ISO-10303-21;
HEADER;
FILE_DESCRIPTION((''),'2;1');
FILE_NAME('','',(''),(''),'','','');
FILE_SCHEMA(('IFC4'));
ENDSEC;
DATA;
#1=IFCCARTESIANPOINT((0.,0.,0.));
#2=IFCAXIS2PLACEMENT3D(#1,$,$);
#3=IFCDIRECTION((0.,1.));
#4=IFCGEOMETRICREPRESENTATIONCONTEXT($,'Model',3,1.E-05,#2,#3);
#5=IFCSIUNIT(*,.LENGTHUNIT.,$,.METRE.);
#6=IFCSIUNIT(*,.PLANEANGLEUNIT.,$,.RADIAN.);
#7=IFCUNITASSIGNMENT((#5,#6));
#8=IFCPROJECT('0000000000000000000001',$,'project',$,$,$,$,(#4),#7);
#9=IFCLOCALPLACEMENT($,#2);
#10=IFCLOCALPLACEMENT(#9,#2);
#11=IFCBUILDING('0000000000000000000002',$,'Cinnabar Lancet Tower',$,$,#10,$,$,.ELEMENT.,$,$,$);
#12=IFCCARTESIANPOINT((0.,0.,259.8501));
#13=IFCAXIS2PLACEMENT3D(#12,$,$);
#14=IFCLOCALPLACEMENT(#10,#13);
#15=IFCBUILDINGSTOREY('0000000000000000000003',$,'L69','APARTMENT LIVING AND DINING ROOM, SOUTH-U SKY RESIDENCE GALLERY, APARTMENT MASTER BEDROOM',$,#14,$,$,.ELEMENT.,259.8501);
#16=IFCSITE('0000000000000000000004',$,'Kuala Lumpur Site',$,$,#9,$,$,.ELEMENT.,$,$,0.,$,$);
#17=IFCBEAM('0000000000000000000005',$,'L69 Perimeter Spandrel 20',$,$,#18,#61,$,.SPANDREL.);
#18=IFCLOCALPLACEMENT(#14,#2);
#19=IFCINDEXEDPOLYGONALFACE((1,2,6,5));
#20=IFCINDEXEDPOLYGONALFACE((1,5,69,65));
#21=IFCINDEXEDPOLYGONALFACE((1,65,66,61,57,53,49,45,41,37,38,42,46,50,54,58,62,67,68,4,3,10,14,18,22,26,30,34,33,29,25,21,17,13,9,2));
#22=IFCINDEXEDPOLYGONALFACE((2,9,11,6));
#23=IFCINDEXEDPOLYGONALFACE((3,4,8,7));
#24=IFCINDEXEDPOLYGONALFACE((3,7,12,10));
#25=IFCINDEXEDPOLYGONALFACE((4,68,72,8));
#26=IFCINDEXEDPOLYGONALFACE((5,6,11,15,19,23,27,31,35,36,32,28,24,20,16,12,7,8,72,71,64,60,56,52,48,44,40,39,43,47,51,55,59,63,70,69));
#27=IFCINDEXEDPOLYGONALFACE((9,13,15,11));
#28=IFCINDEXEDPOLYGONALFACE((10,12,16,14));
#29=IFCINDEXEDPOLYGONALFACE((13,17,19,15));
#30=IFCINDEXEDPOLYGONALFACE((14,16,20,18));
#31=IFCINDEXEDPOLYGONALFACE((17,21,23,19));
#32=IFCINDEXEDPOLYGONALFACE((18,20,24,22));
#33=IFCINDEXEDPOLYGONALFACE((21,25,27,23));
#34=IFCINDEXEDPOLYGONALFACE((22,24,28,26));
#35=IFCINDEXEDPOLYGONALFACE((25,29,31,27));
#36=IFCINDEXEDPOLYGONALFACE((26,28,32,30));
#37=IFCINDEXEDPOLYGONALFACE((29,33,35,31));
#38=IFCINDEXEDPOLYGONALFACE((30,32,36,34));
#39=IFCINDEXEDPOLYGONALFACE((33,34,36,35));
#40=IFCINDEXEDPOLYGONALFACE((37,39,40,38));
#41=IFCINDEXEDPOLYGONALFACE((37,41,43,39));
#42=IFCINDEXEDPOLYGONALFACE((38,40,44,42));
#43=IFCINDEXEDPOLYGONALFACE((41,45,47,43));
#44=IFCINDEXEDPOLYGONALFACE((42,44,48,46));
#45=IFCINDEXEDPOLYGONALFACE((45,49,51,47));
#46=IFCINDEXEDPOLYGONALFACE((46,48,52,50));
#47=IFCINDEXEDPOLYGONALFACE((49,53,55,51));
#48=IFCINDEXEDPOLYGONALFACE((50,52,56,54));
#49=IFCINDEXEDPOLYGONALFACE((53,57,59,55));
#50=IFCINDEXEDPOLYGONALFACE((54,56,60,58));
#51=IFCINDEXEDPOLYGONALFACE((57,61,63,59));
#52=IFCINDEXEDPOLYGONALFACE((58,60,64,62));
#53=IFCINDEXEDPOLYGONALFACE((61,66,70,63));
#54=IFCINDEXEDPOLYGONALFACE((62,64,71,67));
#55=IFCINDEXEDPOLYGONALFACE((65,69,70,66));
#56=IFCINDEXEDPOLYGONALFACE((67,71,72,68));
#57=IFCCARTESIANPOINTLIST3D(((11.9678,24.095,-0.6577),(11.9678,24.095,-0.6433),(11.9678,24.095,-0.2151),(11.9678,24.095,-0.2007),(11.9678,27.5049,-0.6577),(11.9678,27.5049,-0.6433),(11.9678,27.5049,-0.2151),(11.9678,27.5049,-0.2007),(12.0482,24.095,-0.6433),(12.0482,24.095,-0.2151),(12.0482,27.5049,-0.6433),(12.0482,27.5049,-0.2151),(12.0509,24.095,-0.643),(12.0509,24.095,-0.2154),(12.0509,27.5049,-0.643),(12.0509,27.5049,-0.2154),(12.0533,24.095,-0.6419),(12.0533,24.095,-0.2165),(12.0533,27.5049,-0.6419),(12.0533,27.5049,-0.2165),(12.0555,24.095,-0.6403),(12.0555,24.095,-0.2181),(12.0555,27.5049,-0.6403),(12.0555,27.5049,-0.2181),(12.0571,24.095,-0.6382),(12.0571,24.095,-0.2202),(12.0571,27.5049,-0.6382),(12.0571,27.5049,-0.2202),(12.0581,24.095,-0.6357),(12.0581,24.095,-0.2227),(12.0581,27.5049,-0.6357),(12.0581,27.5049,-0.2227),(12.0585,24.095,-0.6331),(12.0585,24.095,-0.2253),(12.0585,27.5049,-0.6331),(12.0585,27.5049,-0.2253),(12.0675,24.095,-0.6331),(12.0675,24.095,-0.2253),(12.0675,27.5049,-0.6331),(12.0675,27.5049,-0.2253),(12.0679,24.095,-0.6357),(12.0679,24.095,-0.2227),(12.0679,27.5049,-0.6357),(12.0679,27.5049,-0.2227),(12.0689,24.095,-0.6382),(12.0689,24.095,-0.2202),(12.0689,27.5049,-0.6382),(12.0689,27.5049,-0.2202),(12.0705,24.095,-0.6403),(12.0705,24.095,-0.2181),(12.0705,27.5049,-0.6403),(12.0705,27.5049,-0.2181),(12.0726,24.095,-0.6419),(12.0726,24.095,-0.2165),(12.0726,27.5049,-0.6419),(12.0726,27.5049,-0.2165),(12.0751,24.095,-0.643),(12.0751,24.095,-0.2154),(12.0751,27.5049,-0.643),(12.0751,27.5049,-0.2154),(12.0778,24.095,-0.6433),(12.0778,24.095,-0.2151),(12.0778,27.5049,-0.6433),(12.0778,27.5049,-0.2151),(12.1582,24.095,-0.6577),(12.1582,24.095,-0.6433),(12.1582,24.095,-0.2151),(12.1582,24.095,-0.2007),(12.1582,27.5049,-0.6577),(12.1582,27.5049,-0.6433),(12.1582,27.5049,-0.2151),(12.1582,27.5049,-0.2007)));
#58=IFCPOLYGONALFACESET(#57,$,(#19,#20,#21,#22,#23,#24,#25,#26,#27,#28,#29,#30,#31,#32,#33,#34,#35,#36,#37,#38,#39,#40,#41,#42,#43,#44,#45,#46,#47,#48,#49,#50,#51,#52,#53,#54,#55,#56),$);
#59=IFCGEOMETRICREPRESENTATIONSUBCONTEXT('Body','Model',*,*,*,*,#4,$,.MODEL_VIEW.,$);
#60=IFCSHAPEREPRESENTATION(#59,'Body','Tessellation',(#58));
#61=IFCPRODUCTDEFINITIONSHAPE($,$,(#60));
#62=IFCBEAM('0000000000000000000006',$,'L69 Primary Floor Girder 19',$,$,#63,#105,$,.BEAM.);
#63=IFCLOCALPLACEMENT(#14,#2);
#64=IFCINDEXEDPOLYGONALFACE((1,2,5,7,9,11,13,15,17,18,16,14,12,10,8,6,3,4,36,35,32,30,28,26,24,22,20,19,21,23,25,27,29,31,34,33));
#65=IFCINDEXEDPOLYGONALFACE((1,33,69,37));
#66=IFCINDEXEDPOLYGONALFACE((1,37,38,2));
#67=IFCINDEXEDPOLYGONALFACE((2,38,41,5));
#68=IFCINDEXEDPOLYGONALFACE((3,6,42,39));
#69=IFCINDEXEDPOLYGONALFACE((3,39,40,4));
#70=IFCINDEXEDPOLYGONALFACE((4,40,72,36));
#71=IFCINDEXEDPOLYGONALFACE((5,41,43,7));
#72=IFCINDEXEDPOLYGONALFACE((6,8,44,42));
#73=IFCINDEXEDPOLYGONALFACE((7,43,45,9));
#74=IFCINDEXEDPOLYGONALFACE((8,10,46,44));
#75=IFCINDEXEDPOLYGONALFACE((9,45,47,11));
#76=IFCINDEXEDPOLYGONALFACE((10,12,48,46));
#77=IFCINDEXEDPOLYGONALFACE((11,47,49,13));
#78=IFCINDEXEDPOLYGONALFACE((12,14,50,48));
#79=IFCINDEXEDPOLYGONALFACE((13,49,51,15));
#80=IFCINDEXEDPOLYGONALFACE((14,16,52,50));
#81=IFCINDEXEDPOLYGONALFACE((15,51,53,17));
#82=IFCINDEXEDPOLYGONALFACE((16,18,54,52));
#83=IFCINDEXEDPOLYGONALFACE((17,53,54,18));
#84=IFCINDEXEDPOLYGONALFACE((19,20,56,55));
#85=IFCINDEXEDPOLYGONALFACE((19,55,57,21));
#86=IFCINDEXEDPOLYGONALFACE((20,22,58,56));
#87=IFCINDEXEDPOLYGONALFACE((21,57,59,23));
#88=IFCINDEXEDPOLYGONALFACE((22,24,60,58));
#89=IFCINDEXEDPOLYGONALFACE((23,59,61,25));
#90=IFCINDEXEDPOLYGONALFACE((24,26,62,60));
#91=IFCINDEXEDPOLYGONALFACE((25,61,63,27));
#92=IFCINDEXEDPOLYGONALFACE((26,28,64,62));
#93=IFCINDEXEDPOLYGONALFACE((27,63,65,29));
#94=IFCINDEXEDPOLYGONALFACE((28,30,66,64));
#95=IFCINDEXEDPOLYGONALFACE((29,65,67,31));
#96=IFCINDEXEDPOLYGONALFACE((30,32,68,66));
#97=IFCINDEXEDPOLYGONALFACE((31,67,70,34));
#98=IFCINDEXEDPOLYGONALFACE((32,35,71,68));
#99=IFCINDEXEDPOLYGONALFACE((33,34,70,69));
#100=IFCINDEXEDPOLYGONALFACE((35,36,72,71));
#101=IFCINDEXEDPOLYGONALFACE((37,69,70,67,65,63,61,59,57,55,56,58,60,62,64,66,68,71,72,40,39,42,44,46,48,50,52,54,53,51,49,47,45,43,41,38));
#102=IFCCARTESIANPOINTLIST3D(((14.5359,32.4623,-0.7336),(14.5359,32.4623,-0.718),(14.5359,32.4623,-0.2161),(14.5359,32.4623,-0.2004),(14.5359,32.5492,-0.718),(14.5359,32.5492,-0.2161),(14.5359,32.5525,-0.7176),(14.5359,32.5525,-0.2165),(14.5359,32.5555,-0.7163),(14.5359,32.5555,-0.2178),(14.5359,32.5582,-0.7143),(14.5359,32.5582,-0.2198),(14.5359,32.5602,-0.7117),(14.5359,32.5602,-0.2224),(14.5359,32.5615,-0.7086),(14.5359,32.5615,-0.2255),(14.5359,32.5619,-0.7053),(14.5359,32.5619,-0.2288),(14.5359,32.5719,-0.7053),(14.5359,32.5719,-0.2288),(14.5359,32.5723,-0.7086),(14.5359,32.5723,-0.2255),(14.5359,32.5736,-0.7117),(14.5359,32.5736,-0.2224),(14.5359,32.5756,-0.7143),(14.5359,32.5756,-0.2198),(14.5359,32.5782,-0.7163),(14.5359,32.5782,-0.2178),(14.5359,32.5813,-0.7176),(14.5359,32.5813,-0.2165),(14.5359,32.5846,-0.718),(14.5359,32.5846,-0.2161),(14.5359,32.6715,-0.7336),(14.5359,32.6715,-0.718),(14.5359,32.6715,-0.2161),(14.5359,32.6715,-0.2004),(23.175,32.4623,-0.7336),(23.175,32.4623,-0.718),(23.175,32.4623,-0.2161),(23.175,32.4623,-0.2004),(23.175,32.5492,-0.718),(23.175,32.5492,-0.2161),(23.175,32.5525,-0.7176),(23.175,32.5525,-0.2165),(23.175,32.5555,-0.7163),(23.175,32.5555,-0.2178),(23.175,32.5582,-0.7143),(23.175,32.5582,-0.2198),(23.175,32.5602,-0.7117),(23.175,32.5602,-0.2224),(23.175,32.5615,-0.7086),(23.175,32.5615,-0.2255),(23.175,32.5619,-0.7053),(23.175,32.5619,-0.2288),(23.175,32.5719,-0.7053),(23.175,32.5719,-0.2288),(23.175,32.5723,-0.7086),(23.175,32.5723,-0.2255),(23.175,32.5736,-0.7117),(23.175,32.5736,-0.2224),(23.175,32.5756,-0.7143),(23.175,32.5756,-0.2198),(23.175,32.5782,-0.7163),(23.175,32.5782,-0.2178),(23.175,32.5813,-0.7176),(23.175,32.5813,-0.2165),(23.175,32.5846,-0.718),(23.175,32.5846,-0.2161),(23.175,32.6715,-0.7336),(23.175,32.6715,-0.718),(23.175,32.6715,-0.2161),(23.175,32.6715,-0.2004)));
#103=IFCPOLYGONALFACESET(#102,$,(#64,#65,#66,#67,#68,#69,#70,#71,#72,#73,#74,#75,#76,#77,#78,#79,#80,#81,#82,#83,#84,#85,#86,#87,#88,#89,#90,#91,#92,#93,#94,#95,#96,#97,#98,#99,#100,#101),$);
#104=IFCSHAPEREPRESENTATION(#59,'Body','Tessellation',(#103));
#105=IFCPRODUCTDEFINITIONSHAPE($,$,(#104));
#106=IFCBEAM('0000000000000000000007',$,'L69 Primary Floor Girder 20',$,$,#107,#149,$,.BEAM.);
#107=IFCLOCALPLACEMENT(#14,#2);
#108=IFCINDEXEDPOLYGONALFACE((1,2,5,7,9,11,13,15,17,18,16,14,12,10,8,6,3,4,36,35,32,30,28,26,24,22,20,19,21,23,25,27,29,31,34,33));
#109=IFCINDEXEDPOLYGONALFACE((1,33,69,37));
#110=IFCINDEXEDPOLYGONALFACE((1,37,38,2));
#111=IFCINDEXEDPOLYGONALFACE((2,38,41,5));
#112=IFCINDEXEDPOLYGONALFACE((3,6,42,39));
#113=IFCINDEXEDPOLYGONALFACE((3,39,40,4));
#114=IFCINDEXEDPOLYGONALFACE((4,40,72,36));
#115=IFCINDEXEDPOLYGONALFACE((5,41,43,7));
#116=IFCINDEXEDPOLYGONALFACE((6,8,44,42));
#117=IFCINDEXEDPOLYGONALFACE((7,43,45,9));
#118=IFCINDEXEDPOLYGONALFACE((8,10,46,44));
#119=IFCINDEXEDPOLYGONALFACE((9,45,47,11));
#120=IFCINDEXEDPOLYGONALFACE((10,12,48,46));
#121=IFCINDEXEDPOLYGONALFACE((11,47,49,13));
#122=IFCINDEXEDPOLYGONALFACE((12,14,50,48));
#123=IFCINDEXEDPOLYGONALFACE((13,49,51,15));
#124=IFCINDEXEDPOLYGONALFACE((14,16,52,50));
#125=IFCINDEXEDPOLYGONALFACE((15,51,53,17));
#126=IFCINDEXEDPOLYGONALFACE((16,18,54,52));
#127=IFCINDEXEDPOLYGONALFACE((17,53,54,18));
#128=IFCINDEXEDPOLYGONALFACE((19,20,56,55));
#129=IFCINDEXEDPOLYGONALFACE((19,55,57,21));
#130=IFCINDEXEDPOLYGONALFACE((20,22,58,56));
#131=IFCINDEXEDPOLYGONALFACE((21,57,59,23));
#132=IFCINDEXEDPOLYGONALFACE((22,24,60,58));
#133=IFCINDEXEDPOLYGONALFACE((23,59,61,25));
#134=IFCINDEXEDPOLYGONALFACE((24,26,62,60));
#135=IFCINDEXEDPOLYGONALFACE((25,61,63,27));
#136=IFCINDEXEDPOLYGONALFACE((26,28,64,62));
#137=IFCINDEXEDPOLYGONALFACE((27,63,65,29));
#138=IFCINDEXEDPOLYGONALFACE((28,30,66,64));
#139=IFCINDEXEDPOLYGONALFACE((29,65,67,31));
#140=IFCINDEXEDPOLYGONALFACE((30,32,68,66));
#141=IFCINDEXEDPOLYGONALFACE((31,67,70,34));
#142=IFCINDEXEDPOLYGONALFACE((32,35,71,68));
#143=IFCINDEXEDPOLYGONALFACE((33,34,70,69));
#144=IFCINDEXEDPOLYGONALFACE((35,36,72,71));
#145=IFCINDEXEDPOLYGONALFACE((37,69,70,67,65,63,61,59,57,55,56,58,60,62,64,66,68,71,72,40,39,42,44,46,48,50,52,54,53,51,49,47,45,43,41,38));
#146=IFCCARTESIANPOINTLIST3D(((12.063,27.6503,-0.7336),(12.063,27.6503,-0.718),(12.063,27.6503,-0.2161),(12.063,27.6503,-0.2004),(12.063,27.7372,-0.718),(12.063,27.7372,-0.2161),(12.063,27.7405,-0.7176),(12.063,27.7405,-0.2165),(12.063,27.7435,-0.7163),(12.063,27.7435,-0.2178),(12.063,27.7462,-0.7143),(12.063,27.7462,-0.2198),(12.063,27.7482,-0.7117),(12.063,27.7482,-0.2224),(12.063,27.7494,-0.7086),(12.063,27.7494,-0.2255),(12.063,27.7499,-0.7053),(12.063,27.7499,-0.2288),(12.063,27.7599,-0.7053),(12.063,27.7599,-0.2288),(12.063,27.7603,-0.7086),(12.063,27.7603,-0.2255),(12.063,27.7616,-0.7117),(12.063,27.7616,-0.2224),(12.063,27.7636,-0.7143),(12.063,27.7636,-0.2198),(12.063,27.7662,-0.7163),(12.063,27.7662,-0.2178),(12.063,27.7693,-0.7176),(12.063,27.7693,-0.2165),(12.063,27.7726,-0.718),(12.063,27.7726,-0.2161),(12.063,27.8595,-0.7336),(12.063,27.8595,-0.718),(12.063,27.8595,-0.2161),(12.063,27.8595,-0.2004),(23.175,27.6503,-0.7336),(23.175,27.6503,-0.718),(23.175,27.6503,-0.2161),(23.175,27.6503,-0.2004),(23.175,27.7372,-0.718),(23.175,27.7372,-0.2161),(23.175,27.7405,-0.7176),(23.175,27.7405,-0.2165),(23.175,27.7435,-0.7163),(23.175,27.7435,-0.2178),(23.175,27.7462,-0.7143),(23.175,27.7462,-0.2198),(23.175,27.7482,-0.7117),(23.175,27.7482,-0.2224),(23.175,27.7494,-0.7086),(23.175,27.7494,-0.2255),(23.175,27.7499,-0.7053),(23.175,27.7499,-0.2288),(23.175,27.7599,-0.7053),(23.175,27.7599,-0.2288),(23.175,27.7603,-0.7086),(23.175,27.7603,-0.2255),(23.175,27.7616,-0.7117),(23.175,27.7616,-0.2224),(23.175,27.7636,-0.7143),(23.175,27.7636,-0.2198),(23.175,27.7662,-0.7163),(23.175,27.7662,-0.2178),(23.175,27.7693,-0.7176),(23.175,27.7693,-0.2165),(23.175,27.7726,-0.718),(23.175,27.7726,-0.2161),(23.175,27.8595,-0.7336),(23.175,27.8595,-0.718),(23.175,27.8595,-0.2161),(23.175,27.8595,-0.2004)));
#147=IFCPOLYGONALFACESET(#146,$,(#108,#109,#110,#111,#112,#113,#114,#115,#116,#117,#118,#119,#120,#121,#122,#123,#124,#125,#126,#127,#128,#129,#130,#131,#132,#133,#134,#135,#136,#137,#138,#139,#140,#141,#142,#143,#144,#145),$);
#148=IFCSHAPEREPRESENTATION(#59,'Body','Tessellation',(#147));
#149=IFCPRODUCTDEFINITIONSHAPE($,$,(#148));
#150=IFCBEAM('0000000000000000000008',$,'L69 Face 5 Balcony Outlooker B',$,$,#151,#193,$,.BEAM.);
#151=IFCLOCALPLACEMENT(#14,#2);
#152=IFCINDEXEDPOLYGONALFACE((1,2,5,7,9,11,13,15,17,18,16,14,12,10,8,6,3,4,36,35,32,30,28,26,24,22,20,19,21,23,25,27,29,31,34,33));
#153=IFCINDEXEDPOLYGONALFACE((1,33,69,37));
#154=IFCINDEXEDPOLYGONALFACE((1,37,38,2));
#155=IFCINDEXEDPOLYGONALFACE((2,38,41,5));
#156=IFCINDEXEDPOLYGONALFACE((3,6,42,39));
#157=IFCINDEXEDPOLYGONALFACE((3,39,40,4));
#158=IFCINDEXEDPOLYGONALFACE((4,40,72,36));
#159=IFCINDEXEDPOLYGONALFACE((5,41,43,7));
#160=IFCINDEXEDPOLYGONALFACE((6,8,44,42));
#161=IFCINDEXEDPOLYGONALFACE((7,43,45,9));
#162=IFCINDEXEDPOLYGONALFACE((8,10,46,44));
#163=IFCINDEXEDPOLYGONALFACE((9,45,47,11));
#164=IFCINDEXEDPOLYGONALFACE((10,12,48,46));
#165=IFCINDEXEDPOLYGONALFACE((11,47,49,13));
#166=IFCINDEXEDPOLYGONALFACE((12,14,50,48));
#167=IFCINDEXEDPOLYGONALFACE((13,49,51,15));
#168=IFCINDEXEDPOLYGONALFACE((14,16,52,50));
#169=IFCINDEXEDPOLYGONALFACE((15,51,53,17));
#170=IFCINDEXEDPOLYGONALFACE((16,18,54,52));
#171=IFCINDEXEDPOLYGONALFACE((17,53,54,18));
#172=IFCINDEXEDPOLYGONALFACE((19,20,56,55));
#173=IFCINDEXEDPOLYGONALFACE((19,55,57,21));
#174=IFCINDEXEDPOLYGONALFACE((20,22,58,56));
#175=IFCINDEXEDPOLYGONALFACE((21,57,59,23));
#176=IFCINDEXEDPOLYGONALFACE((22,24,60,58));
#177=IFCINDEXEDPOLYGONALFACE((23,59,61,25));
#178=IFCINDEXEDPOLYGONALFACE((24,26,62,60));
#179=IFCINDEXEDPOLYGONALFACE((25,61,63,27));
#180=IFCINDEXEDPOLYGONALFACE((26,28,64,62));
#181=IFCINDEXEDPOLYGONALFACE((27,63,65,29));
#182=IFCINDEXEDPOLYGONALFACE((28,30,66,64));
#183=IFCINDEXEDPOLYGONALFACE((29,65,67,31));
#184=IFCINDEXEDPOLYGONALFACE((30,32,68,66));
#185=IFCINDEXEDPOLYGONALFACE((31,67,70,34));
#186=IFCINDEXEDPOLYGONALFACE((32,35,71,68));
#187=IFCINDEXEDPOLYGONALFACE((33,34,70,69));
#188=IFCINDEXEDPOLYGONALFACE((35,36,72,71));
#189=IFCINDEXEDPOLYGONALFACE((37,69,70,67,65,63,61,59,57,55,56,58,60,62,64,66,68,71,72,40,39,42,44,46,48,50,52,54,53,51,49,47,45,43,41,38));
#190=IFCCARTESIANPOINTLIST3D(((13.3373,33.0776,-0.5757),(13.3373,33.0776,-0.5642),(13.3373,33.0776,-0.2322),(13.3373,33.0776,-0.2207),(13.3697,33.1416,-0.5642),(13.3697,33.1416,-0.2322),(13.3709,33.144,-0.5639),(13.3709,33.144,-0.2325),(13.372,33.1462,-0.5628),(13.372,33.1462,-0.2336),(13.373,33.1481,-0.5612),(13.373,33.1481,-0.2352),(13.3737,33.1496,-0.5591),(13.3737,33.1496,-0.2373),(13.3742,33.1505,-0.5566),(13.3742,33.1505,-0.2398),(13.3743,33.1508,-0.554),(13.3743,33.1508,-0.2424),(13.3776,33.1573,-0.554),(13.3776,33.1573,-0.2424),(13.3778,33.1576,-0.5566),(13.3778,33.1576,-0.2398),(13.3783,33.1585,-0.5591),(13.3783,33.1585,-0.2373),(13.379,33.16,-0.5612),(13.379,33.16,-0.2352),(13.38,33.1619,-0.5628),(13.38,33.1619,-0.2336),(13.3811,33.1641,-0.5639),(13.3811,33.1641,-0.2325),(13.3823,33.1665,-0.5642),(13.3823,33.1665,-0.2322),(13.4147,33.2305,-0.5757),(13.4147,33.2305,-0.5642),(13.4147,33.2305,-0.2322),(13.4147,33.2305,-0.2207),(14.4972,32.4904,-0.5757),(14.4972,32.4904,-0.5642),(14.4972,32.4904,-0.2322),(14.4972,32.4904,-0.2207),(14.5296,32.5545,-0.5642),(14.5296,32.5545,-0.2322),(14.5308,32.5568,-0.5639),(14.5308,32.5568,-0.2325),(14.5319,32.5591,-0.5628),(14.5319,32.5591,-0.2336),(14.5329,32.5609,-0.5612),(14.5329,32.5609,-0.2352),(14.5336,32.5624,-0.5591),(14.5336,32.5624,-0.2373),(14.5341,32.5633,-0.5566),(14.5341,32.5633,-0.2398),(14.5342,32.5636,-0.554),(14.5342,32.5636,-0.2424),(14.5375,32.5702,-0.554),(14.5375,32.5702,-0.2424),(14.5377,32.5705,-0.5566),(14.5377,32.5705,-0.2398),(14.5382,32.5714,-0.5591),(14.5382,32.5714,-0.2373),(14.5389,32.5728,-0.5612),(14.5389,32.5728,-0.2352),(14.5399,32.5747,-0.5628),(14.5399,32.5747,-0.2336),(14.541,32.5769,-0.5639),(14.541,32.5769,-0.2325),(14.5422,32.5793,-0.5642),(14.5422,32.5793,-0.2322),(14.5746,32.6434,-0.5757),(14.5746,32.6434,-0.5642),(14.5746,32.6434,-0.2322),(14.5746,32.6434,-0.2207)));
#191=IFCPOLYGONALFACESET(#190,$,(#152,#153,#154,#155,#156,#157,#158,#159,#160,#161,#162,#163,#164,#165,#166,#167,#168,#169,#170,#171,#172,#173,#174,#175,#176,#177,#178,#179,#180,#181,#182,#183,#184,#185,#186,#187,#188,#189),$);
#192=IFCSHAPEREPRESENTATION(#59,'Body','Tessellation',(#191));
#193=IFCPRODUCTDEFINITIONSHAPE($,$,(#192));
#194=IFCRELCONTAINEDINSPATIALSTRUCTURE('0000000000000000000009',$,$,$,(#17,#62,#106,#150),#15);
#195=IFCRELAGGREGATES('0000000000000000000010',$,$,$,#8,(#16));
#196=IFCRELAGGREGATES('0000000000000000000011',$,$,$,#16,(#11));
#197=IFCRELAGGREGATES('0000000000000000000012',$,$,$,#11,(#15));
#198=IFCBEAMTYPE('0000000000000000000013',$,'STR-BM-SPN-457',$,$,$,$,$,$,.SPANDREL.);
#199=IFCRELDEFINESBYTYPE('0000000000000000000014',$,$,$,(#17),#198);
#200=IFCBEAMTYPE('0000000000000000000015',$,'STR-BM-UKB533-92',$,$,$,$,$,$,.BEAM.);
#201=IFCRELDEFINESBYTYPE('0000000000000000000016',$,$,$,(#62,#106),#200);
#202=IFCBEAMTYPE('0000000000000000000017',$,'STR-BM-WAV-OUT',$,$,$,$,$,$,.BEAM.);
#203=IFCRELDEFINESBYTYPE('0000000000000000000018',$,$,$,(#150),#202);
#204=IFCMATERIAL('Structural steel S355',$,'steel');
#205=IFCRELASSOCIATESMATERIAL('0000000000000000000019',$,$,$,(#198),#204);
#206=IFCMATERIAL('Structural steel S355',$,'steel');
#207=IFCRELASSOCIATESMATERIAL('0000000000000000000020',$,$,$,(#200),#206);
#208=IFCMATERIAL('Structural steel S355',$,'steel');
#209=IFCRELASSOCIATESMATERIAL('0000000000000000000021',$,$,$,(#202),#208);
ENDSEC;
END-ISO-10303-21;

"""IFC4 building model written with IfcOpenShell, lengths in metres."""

from ifc_helpers import new_model, si_unit, direction, frame, origin, origin_2d, place, context, subcontext, project, spatial, i_section, extrude, material, material_profile, profile_set, type_object, element, save


model = new_model("IFC4")

# Units and contexts
model_context = context("Model", 3, precision=1e-05, world=origin(), true_north=direction((0.0, 1.0)))
body_context = subcontext(model_context, "Body", "Model", "MODEL_VIEW")
ifc_project = project(units=[si_unit("LENGTHUNIT", "METRE"), si_unit("PLANEANGLEUNIT", "RADIAN")], contexts=[model_context])

# Site, building, storey
site_placement = place(None, origin())
site = spatial("IfcSite", under=ifc_project, at=site_placement, Name="Kuala Lumpur Site", CompositionType="ELEMENT", RefElevation=0.0)
building_placement = place(site_placement, origin())
building = spatial("IfcBuilding", under=site, at=building_placement, Name="Cinnabar Lancet Tower", CompositionType="ELEMENT")
storey_placement = place(building_placement, frame((0.0, 0.0, 259.8501)))
storey = spatial("IfcBuildingStorey", under=building, at=storey_placement, Name="L69", Description="APARTMENT LIVING AND DINING ROOM, SOUTH-U SKY RESIDENCE GALLERY, APARTMENT MASTER BEDROOM", CompositionType="ELEMENT", Elevation=259.8501)

# Beams
ifc_material_1 = material(Name="Structural steel S355", Category="steel")
ifc_material_profile_1 = material_profile(ifc_material_1, i_section(OverallWidth=0.1904, OverallDepth=0.457, WebThickness=0.009, FlangeThickness=0.0144, FilletRadius=0.0103, at=origin_2d()), Name="UKB 457x191x74")
ifc_profile_set_1 = profile_set([ifc_material_profile_1], Name="Structural steel S355")
beam_type_1 = type_object("IfcBeamType", Name="STR-BM-SPN-457", PredefinedType="SPANDREL", material=ifc_profile_set_1)
beam_1_placement = place(storey_placement, frame((12.063, 27.5049, -0.4292), z_axis=(0.0, -1.0, 0.0), x_axis=(1.0, 0.0, 0.0)))
element("IfcBeam", 1, at=beam_1_placement, inside=storey, type_object=beam_type_1, Name="L69 Perimeter Spandrel 20", PredefinedType="SPANDREL", context=body_context, shape_type="SweptSolid", body=[
    extrude(i_section(OverallWidth=0.1904, OverallDepth=0.457, WebThickness=0.009, FlangeThickness=0.0144, FilletRadius=0.0103, at=origin_2d()), origin(), (0.0, 0.0, 1.0), 3.4099),
])
ifc_material_2 = material(Name="Structural steel S355", Category="steel")
ifc_material_profile_2 = material_profile(ifc_material_2, i_section(OverallWidth=0.2092, OverallDepth=0.5332, WebThickness=0.01, FlangeThickness=0.0156, FilletRadius=0.0127, at=origin_2d()), Name="UKB 533x210x92")
ifc_profile_set_2 = profile_set([ifc_material_profile_2], Name="Structural steel S355")
beam_type_2 = type_object("IfcBeamType", Name="STR-BM-UKB533-92", PredefinedType="BEAM", material=ifc_profile_set_2)
beam_2_placement = place(storey_placement, frame((14.5359, 32.5669, -0.467), z_axis=(1.0, 0.0, 0.0), x_axis=(0.0, 1.0, 0.0)))
element("IfcBeam", 2, at=beam_2_placement, inside=storey, type_object=beam_type_2, Name="L69 Primary Floor Girder 19", PredefinedType="BEAM", context=body_context, shape_type="SweptSolid", body=[
    extrude(i_section(OverallWidth=0.2092, OverallDepth=0.5332, WebThickness=0.01, FlangeThickness=0.0156, FilletRadius=0.0127, at=origin_2d()), origin(), (0.0, 0.0, 1.0), 8.6392),
])
beam_3_placement = place(storey_placement, frame((12.063, 27.7549, -0.467), z_axis=(1.0, 0.0, 0.0), x_axis=(0.0, 1.0, 0.0)))
element("IfcBeam", 3, at=beam_3_placement, inside=storey, type_object=beam_type_2, Name="L69 Primary Floor Girder 20", PredefinedType="BEAM", context=body_context, shape_type="SweptSolid", body=[
    extrude(i_section(OverallWidth=0.2092, OverallDepth=0.5332, WebThickness=0.01, FlangeThickness=0.0156, FilletRadius=0.0127, at=origin_2d()), origin(), (0.0, 0.0, 1.0), 11.1121),
])
ifc_material_3 = material(Name="Structural steel S355", Category="steel")
ifc_material_profile_3 = material_profile(ifc_material_3, i_section(OverallWidth=0.1714, OverallDepth=0.355, WebThickness=0.0073, FlangeThickness=0.0115, FilletRadius=0.0103, at=origin_2d()), Name="UKB 356x171x51")
ifc_profile_set_3 = profile_set([ifc_material_profile_3], Name="Structural steel S355")
beam_type_3 = type_object("IfcBeamType", Name="STR-BM-WAV-OUT", PredefinedType="BEAM", material=ifc_profile_set_3)
beam_4_placement = place(storey_placement, frame((14.5359, 32.5669, -0.3982), z_axis=(-0.8922, 0.45164, 0.0), x_axis=(-0.45164, -0.8922, 0.0)))
element("IfcBeam", 4, at=beam_4_placement, inside=storey, type_object=beam_type_3, Name="L69 Face 5 Balcony Outlooker B", PredefinedType="BEAM", context=body_context, shape_type="SweptSolid", body=[
    extrude(i_section(OverallWidth=0.1714, OverallDepth=0.355, WebThickness=0.0073, FlangeThickness=0.0115, FilletRadius=0.0103, at=origin_2d()), origin(), (0.0, 0.0, 1.0), 1.3),
])

save(model, "model.ifc")
